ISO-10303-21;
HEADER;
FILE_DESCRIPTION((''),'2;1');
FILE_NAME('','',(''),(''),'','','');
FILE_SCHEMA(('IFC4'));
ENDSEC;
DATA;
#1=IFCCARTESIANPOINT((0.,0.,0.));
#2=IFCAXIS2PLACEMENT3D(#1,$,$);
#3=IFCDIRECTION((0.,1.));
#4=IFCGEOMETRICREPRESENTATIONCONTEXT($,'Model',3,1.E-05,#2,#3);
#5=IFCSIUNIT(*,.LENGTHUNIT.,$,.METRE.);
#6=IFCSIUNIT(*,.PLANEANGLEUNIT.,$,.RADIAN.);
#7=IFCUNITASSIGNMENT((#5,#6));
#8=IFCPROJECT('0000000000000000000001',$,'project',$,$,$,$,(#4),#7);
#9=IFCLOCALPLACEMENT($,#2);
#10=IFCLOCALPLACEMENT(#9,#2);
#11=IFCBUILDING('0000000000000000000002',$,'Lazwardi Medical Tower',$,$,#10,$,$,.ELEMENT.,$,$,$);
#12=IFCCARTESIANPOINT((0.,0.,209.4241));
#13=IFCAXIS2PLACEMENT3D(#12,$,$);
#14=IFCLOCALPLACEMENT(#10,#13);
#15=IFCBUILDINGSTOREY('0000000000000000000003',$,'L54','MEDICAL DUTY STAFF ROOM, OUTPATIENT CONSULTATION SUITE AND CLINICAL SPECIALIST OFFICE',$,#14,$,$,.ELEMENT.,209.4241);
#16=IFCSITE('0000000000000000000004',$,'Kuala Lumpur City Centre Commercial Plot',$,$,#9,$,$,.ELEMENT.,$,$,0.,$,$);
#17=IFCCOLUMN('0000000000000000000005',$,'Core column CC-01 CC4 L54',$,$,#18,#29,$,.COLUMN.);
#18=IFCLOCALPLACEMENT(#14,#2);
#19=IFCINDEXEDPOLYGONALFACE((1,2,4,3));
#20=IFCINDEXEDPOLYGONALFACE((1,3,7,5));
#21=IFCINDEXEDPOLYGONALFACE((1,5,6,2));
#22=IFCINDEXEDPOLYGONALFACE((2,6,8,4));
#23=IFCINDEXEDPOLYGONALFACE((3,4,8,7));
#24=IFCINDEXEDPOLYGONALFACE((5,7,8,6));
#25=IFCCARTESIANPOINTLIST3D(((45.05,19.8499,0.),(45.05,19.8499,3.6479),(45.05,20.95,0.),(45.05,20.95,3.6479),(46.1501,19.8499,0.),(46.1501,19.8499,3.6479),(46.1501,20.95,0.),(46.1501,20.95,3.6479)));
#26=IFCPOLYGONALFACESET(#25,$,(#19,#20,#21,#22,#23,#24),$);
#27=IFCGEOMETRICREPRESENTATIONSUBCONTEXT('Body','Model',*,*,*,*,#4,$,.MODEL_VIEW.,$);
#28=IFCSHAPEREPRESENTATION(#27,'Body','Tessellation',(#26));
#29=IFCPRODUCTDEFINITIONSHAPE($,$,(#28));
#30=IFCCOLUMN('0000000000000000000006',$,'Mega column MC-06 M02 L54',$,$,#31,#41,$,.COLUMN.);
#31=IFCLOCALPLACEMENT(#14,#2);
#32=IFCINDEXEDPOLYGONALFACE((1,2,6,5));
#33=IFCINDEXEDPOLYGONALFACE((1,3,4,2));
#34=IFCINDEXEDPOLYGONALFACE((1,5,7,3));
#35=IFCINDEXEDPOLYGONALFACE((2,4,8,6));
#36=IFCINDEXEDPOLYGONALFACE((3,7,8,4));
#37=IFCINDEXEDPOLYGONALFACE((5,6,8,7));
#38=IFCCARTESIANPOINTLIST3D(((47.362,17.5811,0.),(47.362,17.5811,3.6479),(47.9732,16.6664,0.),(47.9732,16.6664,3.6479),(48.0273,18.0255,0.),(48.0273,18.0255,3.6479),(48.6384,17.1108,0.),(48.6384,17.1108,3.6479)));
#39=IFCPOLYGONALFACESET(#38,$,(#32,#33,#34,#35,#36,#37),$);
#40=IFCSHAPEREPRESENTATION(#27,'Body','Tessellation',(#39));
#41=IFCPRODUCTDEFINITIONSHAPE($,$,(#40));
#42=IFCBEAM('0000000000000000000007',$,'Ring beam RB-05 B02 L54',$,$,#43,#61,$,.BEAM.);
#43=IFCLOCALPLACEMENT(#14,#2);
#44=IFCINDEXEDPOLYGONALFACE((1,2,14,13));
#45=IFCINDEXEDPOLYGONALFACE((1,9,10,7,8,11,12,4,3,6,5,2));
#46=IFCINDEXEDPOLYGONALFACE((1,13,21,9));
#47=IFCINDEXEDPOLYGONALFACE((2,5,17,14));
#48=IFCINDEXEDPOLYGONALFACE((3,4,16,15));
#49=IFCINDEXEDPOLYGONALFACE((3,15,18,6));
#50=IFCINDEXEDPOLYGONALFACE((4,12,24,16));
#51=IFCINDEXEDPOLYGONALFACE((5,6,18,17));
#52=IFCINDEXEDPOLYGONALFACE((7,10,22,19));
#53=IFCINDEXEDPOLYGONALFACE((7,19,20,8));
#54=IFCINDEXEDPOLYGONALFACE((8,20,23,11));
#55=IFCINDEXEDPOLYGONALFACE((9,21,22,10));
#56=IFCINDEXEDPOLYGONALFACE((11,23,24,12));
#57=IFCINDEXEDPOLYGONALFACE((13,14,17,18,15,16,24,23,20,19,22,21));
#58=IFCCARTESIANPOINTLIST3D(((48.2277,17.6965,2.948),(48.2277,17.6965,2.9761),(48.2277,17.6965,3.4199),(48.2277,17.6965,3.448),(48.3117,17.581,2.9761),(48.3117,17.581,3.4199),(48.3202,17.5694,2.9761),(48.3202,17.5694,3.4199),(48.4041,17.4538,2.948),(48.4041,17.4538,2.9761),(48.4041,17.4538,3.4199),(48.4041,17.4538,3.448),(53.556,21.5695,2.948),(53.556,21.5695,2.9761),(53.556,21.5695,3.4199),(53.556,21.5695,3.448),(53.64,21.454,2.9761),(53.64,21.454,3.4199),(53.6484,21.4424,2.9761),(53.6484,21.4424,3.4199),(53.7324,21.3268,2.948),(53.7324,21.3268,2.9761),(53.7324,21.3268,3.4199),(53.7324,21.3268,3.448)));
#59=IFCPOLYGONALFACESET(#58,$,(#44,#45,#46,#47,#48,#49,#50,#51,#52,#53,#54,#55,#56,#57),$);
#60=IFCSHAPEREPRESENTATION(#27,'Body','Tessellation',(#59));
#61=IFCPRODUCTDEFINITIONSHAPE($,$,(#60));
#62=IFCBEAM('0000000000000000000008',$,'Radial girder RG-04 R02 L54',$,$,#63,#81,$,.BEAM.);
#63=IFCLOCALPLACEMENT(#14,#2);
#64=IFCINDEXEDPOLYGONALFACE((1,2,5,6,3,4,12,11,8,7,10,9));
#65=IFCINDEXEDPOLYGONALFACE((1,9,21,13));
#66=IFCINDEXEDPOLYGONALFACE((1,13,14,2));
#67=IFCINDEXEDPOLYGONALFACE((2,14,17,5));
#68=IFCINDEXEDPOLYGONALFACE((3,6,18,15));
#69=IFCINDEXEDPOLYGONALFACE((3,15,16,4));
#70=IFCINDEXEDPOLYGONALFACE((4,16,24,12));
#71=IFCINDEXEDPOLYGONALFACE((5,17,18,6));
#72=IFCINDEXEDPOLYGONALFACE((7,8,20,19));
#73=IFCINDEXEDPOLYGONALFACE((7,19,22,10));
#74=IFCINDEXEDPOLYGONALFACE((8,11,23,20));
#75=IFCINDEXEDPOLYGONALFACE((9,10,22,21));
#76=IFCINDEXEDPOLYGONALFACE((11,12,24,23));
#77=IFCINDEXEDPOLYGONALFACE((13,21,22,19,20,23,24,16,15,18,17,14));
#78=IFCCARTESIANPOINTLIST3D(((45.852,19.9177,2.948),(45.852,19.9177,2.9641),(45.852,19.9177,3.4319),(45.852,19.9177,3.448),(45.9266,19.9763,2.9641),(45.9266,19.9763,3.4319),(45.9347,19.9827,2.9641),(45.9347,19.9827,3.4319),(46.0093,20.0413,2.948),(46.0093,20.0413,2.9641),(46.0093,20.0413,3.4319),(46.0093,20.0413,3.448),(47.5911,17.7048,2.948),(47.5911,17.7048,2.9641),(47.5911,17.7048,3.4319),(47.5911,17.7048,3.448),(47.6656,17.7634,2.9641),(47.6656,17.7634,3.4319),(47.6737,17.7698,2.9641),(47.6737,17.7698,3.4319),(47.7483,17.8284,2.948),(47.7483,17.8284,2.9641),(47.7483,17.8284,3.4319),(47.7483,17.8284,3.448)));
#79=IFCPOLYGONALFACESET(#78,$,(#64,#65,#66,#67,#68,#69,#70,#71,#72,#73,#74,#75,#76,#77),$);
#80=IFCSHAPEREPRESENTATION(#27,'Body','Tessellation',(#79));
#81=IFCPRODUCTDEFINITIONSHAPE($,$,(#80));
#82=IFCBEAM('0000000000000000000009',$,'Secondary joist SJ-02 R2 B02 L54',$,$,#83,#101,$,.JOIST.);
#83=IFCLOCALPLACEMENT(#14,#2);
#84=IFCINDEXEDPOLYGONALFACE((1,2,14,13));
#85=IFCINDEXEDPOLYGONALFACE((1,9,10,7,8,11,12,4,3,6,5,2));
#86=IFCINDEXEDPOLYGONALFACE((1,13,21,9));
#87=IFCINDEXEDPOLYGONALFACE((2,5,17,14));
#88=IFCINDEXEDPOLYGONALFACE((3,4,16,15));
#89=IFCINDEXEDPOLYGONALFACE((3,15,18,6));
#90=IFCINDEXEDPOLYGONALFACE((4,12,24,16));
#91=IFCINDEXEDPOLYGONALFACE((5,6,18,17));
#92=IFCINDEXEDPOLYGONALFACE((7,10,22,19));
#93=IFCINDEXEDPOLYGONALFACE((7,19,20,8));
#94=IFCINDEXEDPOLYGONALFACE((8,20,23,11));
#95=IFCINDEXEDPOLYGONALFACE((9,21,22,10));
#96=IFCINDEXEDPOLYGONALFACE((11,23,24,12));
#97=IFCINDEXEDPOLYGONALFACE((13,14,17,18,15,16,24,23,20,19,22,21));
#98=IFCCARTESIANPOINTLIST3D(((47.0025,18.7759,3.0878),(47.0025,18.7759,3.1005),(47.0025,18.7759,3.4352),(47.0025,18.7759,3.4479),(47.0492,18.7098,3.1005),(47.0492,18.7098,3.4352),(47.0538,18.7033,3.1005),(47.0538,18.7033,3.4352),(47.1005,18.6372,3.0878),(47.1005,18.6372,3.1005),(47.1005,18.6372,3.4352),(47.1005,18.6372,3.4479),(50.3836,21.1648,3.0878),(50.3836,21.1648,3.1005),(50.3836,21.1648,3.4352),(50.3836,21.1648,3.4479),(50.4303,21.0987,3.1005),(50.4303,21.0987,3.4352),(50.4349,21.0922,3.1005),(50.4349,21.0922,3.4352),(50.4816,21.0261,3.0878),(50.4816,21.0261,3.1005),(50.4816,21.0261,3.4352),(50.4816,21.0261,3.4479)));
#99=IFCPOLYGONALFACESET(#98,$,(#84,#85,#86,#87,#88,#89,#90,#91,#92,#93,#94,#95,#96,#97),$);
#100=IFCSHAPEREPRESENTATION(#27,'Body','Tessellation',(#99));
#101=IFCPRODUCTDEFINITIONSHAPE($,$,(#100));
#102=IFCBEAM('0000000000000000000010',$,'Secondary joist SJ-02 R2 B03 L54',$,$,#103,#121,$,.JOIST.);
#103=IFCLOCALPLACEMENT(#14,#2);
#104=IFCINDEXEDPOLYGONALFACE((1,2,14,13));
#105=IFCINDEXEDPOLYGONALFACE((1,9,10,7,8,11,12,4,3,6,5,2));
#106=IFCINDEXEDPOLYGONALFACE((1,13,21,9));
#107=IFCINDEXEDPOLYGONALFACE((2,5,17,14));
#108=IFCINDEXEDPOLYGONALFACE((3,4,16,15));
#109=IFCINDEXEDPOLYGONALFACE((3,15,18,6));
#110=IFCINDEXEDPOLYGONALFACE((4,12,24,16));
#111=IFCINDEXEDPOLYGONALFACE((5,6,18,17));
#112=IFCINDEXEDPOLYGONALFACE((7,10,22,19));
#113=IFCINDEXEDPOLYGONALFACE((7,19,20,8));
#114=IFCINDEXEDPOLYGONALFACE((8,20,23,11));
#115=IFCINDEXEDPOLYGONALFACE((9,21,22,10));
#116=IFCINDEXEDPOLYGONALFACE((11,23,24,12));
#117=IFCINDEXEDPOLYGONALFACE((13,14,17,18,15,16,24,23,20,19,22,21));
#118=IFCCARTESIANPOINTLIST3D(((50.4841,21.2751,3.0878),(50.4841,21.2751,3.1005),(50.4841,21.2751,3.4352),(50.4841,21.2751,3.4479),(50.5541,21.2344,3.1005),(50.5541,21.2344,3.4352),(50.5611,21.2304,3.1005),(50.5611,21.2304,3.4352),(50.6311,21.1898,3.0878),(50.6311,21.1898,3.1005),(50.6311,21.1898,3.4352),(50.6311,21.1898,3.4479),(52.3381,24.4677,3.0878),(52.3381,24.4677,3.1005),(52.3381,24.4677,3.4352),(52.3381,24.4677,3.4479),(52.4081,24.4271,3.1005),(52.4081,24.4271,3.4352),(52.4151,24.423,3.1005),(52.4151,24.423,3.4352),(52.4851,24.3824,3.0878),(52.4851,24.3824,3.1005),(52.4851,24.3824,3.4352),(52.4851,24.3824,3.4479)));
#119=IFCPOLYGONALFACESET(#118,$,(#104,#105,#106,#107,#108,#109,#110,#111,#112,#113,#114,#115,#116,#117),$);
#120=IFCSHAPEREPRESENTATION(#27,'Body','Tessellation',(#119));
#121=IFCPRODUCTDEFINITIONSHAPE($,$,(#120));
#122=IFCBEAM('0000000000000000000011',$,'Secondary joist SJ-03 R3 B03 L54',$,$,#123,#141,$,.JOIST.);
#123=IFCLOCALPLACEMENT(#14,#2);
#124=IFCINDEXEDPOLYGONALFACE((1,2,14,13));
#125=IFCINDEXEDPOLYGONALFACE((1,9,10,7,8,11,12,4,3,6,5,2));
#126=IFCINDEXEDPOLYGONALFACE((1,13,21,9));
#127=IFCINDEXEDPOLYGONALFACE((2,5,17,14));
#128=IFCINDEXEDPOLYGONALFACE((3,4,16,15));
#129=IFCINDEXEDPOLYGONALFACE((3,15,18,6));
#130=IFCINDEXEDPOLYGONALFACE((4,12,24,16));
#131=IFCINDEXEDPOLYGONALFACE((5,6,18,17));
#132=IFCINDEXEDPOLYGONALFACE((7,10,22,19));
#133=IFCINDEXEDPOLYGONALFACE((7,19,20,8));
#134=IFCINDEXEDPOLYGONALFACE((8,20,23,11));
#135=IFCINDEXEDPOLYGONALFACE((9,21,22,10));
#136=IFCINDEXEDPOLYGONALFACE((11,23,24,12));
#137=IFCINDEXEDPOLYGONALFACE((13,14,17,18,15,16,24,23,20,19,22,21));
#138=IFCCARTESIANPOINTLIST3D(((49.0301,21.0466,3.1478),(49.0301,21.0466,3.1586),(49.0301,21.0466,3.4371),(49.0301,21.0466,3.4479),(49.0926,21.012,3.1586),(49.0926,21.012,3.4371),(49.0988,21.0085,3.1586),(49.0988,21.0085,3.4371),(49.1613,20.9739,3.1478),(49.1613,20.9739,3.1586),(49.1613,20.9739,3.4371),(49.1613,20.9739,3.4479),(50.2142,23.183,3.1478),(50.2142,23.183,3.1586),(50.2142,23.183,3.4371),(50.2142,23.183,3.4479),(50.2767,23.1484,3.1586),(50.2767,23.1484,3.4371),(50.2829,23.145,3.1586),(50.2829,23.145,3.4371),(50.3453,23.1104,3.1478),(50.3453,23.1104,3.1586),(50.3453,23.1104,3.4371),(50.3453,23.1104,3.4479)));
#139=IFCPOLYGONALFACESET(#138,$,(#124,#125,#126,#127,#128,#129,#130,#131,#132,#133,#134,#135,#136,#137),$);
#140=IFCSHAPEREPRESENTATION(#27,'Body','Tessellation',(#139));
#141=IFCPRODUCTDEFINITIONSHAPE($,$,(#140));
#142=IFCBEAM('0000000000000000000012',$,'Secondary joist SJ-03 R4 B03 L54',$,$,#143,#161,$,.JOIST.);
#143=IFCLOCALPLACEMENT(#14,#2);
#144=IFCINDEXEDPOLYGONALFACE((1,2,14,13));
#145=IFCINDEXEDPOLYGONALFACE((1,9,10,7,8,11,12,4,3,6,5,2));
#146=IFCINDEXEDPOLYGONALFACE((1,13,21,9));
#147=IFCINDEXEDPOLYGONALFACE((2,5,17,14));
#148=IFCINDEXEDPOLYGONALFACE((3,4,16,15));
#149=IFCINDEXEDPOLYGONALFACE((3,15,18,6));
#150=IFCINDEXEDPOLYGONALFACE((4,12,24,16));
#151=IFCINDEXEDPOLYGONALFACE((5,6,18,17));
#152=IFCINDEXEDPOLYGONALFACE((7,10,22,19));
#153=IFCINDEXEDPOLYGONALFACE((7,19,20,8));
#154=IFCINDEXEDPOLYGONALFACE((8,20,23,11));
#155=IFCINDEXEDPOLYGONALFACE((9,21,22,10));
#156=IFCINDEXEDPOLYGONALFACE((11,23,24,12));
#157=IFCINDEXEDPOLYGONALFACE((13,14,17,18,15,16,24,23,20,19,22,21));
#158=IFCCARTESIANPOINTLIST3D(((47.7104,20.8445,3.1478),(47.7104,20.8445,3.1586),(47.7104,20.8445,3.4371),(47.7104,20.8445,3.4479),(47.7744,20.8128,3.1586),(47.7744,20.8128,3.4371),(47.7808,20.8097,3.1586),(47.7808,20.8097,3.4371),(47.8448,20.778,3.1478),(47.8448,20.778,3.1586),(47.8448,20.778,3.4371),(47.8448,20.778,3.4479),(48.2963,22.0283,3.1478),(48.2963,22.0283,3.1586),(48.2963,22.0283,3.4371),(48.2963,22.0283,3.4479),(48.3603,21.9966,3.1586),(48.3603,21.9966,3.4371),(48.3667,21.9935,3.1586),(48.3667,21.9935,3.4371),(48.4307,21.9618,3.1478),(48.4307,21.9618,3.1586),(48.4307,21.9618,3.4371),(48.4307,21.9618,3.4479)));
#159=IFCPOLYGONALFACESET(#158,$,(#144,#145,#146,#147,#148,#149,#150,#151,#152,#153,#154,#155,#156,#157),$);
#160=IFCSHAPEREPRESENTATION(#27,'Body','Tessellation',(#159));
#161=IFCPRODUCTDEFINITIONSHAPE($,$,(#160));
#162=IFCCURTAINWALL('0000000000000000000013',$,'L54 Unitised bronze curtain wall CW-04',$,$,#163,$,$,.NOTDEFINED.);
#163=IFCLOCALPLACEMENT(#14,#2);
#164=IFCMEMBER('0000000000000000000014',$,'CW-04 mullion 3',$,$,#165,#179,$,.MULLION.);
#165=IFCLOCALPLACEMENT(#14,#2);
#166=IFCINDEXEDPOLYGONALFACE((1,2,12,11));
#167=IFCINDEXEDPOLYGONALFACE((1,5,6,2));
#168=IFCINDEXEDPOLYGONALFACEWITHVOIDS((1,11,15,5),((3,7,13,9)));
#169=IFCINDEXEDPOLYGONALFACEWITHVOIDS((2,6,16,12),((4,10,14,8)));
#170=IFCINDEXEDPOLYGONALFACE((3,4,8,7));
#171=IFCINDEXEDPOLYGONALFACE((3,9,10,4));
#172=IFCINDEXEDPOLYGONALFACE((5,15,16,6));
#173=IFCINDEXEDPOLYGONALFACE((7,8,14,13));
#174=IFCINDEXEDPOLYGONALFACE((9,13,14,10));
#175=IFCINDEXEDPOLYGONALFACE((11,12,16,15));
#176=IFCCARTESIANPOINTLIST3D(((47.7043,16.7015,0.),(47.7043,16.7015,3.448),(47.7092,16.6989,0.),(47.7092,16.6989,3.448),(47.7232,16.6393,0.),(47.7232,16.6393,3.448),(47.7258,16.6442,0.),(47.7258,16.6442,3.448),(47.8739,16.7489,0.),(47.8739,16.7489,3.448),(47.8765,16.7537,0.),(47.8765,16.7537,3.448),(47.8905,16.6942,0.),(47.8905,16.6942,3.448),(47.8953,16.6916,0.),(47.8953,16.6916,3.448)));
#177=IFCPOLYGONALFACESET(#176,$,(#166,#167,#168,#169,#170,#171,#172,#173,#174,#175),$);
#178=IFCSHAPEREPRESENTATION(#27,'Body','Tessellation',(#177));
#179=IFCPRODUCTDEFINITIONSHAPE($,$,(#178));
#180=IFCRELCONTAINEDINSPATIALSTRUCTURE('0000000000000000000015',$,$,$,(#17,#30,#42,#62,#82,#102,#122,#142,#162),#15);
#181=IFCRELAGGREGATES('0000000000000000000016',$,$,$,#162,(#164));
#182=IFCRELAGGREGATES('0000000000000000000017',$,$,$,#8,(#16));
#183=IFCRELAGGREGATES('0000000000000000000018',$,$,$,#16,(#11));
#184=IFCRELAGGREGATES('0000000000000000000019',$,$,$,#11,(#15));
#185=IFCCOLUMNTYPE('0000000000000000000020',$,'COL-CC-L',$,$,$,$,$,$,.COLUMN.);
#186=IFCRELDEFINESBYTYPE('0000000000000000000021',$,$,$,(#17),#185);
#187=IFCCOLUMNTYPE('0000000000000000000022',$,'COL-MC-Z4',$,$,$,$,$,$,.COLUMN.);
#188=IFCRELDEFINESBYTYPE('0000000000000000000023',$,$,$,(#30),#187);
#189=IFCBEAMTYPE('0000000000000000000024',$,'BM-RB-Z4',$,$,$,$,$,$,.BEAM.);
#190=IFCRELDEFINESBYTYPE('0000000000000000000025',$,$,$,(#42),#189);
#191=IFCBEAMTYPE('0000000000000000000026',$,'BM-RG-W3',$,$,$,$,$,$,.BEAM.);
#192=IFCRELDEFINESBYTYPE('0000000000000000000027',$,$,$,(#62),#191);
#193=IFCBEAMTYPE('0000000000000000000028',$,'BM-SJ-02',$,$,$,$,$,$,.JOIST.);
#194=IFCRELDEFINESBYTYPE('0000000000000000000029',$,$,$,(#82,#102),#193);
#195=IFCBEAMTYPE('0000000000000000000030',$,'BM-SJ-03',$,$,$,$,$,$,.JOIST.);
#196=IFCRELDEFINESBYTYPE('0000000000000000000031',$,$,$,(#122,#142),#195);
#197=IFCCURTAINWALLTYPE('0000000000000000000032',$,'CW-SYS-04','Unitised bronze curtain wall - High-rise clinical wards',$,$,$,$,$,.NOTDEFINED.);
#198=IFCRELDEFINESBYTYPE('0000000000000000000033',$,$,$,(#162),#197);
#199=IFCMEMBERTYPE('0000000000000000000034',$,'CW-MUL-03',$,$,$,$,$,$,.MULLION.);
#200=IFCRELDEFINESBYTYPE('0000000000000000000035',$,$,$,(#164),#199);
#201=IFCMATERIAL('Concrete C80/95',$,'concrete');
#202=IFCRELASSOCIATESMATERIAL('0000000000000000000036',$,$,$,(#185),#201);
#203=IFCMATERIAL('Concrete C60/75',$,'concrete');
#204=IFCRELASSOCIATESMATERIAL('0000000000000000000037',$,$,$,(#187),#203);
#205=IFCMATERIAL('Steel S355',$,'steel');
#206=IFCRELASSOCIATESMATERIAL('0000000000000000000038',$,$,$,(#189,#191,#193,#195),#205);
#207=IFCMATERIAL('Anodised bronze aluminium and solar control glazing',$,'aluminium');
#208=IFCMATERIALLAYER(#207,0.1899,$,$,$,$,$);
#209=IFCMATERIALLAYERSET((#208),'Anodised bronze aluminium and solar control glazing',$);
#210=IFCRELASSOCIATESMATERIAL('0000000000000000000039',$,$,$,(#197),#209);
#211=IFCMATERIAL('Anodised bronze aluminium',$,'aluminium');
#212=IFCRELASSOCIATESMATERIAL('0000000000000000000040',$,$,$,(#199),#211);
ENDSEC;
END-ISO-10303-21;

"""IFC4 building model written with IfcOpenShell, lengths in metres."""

from ifc_helpers import new_model, si_unit, direction, frame, origin, origin_2d, place, context, subcontext, project, spatial, rectangle, hollow_rectangle, i_section, extrude, material, layer, layer_set, material_profile, profile_set, type_object, element, aggregate, save


model = new_model("IFC4")

# Units and contexts
model_context = context("Model", 3, precision=1e-05, world=origin(), true_north=direction((0.0, 1.0)))
body_context = subcontext(model_context, "Body", "Model", "MODEL_VIEW")
ifc_project = project(units=[si_unit("LENGTHUNIT", "METRE"), si_unit("PLANEANGLEUNIT", "RADIAN")], contexts=[model_context])

# Site, building, storey
site_placement = place(None, origin())
site = spatial("IfcSite", under=ifc_project, at=site_placement, Name="Kuala Lumpur City Centre Commercial Plot", CompositionType="ELEMENT", RefElevation=0.0)
building_placement = place(site_placement, origin())
building = spatial("IfcBuilding", under=site, at=building_placement, Name="Lazwardi Medical Tower", CompositionType="ELEMENT")
storey_placement = place(building_placement, frame((0.0, 0.0, 209.4241)))
storey = spatial("IfcBuildingStorey", under=building, at=storey_placement, Name="L54", Description="MEDICAL DUTY STAFF ROOM, OUTPATIENT CONSULTATION SUITE AND CLINICAL SPECIALIST OFFICE", CompositionType="ELEMENT", Elevation=209.4241)

# Columns
ifc_material_1 = material(Name="Concrete C80/95", Category="concrete")
ifc_material_profile_1 = material_profile(ifc_material_1, rectangle(XDim=1.1001, YDim=1.1001, at=origin_2d()), Name="RC 1100x1100")
ifc_profile_set_1 = profile_set([ifc_material_profile_1], Name="Concrete C80/95")
column_type_1 = type_object("IfcColumnType", Name="COL-CC-L", PredefinedType="COLUMN", material=ifc_profile_set_1)
column_1_placement = place(storey_placement, frame((45.6001, 20.3999, 0.0), z_axis=(0.0, 0.0, 1.0), x_axis=(1.0, 0.0, 0.0)))
element("IfcColumn", 1, at=column_1_placement, inside=storey, type_object=column_type_1, Name="Core column CC-01 CC4 L54", PredefinedType="COLUMN", context=body_context, shape_type="SweptSolid", body=[
    extrude(rectangle(XDim=1.1001, YDim=1.1001, at=origin_2d()), origin(), (0.0, 0.0, 1.0), 3.6479),
])
ifc_material_2 = material(Name="Concrete C60/75", Category="concrete")
ifc_material_profile_2 = material_profile(ifc_material_2, rectangle(XDim=1.1001, YDim=0.8, at=origin_2d()), Name="CFT-RECT 1100x800")
ifc_profile_set_2 = profile_set([ifc_material_profile_2], Name="Concrete C60/75")
column_type_2 = type_object("IfcColumnType", Name="COL-MC-Z4", PredefinedType="COLUMN", material=ifc_profile_set_2)
column_2_placement = place(storey_placement, frame((48.0002, 17.3459, 0.0), z_axis=(0.0, 0.0, 1.0), x_axis=(0.55557, -0.83147, 0.0)))
element("IfcColumn", 2, at=column_2_placement, inside=storey, type_object=column_type_2, Name="Mega column MC-06 M02 L54", PredefinedType="COLUMN", context=body_context, shape_type="SweptSolid", body=[
    extrude(rectangle(XDim=1.1001, YDim=0.8, at=origin_2d()), origin(), (0.0, 0.0, 1.0), 3.6479),
])

# Beams
ifc_material_3 = material(Name="Steel S355", Category="steel")
ifc_material_profile_3 = material_profile(ifc_material_3, i_section(OverallWidth=0.3, OverallDepth=0.5, WebThickness=0.0144, FlangeThickness=0.0281, at=origin_2d()), Name="HEB 500")
ifc_profile_set_3 = profile_set([ifc_material_profile_3], Name="Steel S355")
beam_type_1 = type_object("IfcBeamType", Name="BM-RB-Z4", PredefinedType="BEAM", material=ifc_profile_set_3)
beam_1_placement = place(storey_placement, frame((48.3159, 17.5752, 3.198), z_axis=(0.80889, 0.58796, 0.0), x_axis=(-0.58796, 0.80889, 0.0)))
element("IfcBeam", 3, at=beam_1_placement, inside=storey, type_object=beam_type_1, Name="Ring beam RB-05 B02 L54", PredefinedType="BEAM", context=body_context, shape_type="SweptSolid", body=[
    extrude(i_section(OverallWidth=0.3, OverallDepth=0.5, WebThickness=0.0144, FlangeThickness=0.0281, at=origin_2d()), origin(), (0.0, 0.0, 1.0), 6.5872),
])
ifc_material_profile_4 = material_profile(ifc_material_3, i_section(OverallWidth=0.2, OverallDepth=0.5, WebThickness=0.0103, FlangeThickness=0.0161, at=origin_2d()), Name="IPE 500")
ifc_profile_set_4 = profile_set([ifc_material_profile_4], Name="Steel S355")
beam_type_2 = type_object("IfcBeamType", Name="BM-RG-W3", PredefinedType="BEAM", material=ifc_profile_set_4)
beam_2_placement = place(storey_placement, frame((47.6697, 17.7666, 3.198), z_axis=(-0.617891, 0.786264, 0.0), x_axis=(-0.786264, -0.617891, 0.0)))
element("IfcBeam", 4, at=beam_2_placement, inside=storey, type_object=beam_type_2, Name="Radial girder RG-04 R02 L54", PredefinedType="BEAM", context=body_context, shape_type="SweptSolid", body=[
    extrude(i_section(OverallWidth=0.2, OverallDepth=0.5, WebThickness=0.0103, FlangeThickness=0.0161, at=origin_2d()), origin(), (0.0, 0.0, 1.0), 2.8145),
])
ifc_material_profile_5 = material_profile(ifc_material_3, i_section(OverallWidth=0.1699, OverallDepth=0.3601, WebThickness=0.0081, FlangeThickness=0.0127, at=origin_2d()), Name="IPE 360")
ifc_profile_set_5 = profile_set([ifc_material_profile_5], Name="Steel S355")
beam_type_3 = type_object("IfcBeamType", Name="BM-SJ-02", PredefinedType="JOIST", material=ifc_profile_set_5)
beam_3_placement = place(storey_placement, frame((47.0515, 18.7065, 3.2678), z_axis=(0.816711, 0.577047, 0.0), x_axis=(-0.577047, 0.816711, 0.0)))
element("IfcBeam", 5, at=beam_3_placement, inside=storey, type_object=beam_type_3, Name="Secondary joist SJ-02 R2 B02 L54", PredefinedType="JOIST", context=body_context, shape_type="SweptSolid", body=[
    extrude(i_section(OverallWidth=0.1699, OverallDepth=0.3601, WebThickness=0.0081, FlangeThickness=0.0127, at=origin_2d()), origin(), (0.0, 0.0, 1.0), 4.1399),
])
beam_4_placement = place(storey_placement, frame((50.5576, 21.2324, 3.2678), z_axis=(0.50218, 0.864763, 0.0), x_axis=(-0.864763, 0.50218, 0.0)))
element("IfcBeam", 6, at=beam_4_placement, inside=storey, type_object=beam_type_3, Name="Secondary joist SJ-02 R2 B03 L54", PredefinedType="JOIST", context=body_context, shape_type="SweptSolid", body=[
    extrude(i_section(OverallWidth=0.1699, OverallDepth=0.3601, WebThickness=0.0081, FlangeThickness=0.0127, at=origin_2d()), origin(), (0.0, 0.0, 1.0), 3.6919),
])
ifc_material_profile_6 = material_profile(ifc_material_3, i_section(OverallWidth=0.1499, OverallDepth=0.3, WebThickness=0.0071, FlangeThickness=0.0107, at=origin_2d()), Name="IPE 300")
ifc_profile_set_6 = profile_set([ifc_material_profile_6], Name="Steel S355")
beam_type_4 = type_object("IfcBeamType", Name="BM-SJ-03", PredefinedType="JOIST", material=ifc_profile_set_6)
beam_5_placement = place(storey_placement, frame((49.0957, 21.0103, 3.2979), z_axis=(0.484752, 0.874652, 0.0), x_axis=(-0.874652, 0.484752, 0.0)))
element("IfcBeam", 7, at=beam_5_placement, inside=storey, type_object=beam_type_4, Name="Secondary joist SJ-03 R3 B03 L54", PredefinedType="JOIST", context=body_context, shape_type="SweptSolid", body=[
    extrude(i_section(OverallWidth=0.1499, OverallDepth=0.3, WebThickness=0.0071, FlangeThickness=0.0107, at=origin_2d()), origin(), (0.0, 0.0, 1.0), 2.4426),
])
beam_6_placement = place(storey_placement, frame((47.7776, 20.8113, 3.2979), z_axis=(0.443587, 0.896231, 0.0), x_axis=(-0.896231, 0.443587, 0.0)))
element("IfcBeam", 8, at=beam_6_placement, inside=storey, type_object=beam_type_4, Name="Secondary joist SJ-03 R4 B03 L54", PredefinedType="JOIST", context=body_context, shape_type="SweptSolid", body=[
    extrude(i_section(OverallWidth=0.1499, OverallDepth=0.3, WebThickness=0.0071, FlangeThickness=0.0107, at=origin_2d()), origin(), (0.0, 0.0, 1.0), 1.3208),
])

# Curtain wall, member
ifc_material_4 = material(Name="Anodised bronze aluminium and solar control glazing", Category="aluminium")
ifc_layer_1 = layer(ifc_material_4, 0.1899)
ifc_layer_set_1 = layer_set([ifc_layer_1], Name="Anodised bronze aluminium and solar control glazing")
curtain_wall_type = type_object("IfcCurtainWallType", Name="CW-SYS-04", Description="Unitised bronze curtain wall - High-rise clinical wards", PredefinedType="NOTDEFINED", material=ifc_layer_set_1)
curtain_wall_1_placement = place(storey_placement, origin())
curtain_wall_1 = element("IfcCurtainWall", 9, at=curtain_wall_1_placement, inside=storey, type_object=curtain_wall_type, Name="L54 Unitised bronze curtain wall CW-04", PredefinedType="NOTDEFINED")
ifc_material_5 = material(Name="Anodised bronze aluminium", Category="aluminium")
ifc_material_profile_7 = material_profile(ifc_material_5, hollow_rectangle(XDim=0.0649, YDim=0.1799, WallThickness=0.0039, at=origin_2d()), Name="ALU-MULLION 180x65x4")
ifc_profile_set_7 = profile_set([ifc_material_profile_7], Name="Anodised bronze aluminium")
member_type_1 = type_object("IfcMemberType", Name="CW-MUL-03", PredefinedType="MULLION", material=ifc_profile_set_7)
member_1_placement = place(storey_placement, frame((47.7998, 16.6965, 0.0), z_axis=(0.0, 0.0, 1.0), x_axis=(-0.290582, 0.95685, 0.0)))
member_1 = element("IfcMember", 10, at=member_1_placement, type_object=member_type_1, Name="CW-04 mullion 3", PredefinedType="MULLION", context=body_context, shape_type="SweptSolid", body=[
    extrude(hollow_rectangle(XDim=0.0649, YDim=0.1799, WallThickness=0.0039, at=origin_2d()), origin(), (0.0, 0.0, 1.0), 3.448),
])

aggregate(curtain_wall_1, [member_1])

save(model, "model.ifc")
